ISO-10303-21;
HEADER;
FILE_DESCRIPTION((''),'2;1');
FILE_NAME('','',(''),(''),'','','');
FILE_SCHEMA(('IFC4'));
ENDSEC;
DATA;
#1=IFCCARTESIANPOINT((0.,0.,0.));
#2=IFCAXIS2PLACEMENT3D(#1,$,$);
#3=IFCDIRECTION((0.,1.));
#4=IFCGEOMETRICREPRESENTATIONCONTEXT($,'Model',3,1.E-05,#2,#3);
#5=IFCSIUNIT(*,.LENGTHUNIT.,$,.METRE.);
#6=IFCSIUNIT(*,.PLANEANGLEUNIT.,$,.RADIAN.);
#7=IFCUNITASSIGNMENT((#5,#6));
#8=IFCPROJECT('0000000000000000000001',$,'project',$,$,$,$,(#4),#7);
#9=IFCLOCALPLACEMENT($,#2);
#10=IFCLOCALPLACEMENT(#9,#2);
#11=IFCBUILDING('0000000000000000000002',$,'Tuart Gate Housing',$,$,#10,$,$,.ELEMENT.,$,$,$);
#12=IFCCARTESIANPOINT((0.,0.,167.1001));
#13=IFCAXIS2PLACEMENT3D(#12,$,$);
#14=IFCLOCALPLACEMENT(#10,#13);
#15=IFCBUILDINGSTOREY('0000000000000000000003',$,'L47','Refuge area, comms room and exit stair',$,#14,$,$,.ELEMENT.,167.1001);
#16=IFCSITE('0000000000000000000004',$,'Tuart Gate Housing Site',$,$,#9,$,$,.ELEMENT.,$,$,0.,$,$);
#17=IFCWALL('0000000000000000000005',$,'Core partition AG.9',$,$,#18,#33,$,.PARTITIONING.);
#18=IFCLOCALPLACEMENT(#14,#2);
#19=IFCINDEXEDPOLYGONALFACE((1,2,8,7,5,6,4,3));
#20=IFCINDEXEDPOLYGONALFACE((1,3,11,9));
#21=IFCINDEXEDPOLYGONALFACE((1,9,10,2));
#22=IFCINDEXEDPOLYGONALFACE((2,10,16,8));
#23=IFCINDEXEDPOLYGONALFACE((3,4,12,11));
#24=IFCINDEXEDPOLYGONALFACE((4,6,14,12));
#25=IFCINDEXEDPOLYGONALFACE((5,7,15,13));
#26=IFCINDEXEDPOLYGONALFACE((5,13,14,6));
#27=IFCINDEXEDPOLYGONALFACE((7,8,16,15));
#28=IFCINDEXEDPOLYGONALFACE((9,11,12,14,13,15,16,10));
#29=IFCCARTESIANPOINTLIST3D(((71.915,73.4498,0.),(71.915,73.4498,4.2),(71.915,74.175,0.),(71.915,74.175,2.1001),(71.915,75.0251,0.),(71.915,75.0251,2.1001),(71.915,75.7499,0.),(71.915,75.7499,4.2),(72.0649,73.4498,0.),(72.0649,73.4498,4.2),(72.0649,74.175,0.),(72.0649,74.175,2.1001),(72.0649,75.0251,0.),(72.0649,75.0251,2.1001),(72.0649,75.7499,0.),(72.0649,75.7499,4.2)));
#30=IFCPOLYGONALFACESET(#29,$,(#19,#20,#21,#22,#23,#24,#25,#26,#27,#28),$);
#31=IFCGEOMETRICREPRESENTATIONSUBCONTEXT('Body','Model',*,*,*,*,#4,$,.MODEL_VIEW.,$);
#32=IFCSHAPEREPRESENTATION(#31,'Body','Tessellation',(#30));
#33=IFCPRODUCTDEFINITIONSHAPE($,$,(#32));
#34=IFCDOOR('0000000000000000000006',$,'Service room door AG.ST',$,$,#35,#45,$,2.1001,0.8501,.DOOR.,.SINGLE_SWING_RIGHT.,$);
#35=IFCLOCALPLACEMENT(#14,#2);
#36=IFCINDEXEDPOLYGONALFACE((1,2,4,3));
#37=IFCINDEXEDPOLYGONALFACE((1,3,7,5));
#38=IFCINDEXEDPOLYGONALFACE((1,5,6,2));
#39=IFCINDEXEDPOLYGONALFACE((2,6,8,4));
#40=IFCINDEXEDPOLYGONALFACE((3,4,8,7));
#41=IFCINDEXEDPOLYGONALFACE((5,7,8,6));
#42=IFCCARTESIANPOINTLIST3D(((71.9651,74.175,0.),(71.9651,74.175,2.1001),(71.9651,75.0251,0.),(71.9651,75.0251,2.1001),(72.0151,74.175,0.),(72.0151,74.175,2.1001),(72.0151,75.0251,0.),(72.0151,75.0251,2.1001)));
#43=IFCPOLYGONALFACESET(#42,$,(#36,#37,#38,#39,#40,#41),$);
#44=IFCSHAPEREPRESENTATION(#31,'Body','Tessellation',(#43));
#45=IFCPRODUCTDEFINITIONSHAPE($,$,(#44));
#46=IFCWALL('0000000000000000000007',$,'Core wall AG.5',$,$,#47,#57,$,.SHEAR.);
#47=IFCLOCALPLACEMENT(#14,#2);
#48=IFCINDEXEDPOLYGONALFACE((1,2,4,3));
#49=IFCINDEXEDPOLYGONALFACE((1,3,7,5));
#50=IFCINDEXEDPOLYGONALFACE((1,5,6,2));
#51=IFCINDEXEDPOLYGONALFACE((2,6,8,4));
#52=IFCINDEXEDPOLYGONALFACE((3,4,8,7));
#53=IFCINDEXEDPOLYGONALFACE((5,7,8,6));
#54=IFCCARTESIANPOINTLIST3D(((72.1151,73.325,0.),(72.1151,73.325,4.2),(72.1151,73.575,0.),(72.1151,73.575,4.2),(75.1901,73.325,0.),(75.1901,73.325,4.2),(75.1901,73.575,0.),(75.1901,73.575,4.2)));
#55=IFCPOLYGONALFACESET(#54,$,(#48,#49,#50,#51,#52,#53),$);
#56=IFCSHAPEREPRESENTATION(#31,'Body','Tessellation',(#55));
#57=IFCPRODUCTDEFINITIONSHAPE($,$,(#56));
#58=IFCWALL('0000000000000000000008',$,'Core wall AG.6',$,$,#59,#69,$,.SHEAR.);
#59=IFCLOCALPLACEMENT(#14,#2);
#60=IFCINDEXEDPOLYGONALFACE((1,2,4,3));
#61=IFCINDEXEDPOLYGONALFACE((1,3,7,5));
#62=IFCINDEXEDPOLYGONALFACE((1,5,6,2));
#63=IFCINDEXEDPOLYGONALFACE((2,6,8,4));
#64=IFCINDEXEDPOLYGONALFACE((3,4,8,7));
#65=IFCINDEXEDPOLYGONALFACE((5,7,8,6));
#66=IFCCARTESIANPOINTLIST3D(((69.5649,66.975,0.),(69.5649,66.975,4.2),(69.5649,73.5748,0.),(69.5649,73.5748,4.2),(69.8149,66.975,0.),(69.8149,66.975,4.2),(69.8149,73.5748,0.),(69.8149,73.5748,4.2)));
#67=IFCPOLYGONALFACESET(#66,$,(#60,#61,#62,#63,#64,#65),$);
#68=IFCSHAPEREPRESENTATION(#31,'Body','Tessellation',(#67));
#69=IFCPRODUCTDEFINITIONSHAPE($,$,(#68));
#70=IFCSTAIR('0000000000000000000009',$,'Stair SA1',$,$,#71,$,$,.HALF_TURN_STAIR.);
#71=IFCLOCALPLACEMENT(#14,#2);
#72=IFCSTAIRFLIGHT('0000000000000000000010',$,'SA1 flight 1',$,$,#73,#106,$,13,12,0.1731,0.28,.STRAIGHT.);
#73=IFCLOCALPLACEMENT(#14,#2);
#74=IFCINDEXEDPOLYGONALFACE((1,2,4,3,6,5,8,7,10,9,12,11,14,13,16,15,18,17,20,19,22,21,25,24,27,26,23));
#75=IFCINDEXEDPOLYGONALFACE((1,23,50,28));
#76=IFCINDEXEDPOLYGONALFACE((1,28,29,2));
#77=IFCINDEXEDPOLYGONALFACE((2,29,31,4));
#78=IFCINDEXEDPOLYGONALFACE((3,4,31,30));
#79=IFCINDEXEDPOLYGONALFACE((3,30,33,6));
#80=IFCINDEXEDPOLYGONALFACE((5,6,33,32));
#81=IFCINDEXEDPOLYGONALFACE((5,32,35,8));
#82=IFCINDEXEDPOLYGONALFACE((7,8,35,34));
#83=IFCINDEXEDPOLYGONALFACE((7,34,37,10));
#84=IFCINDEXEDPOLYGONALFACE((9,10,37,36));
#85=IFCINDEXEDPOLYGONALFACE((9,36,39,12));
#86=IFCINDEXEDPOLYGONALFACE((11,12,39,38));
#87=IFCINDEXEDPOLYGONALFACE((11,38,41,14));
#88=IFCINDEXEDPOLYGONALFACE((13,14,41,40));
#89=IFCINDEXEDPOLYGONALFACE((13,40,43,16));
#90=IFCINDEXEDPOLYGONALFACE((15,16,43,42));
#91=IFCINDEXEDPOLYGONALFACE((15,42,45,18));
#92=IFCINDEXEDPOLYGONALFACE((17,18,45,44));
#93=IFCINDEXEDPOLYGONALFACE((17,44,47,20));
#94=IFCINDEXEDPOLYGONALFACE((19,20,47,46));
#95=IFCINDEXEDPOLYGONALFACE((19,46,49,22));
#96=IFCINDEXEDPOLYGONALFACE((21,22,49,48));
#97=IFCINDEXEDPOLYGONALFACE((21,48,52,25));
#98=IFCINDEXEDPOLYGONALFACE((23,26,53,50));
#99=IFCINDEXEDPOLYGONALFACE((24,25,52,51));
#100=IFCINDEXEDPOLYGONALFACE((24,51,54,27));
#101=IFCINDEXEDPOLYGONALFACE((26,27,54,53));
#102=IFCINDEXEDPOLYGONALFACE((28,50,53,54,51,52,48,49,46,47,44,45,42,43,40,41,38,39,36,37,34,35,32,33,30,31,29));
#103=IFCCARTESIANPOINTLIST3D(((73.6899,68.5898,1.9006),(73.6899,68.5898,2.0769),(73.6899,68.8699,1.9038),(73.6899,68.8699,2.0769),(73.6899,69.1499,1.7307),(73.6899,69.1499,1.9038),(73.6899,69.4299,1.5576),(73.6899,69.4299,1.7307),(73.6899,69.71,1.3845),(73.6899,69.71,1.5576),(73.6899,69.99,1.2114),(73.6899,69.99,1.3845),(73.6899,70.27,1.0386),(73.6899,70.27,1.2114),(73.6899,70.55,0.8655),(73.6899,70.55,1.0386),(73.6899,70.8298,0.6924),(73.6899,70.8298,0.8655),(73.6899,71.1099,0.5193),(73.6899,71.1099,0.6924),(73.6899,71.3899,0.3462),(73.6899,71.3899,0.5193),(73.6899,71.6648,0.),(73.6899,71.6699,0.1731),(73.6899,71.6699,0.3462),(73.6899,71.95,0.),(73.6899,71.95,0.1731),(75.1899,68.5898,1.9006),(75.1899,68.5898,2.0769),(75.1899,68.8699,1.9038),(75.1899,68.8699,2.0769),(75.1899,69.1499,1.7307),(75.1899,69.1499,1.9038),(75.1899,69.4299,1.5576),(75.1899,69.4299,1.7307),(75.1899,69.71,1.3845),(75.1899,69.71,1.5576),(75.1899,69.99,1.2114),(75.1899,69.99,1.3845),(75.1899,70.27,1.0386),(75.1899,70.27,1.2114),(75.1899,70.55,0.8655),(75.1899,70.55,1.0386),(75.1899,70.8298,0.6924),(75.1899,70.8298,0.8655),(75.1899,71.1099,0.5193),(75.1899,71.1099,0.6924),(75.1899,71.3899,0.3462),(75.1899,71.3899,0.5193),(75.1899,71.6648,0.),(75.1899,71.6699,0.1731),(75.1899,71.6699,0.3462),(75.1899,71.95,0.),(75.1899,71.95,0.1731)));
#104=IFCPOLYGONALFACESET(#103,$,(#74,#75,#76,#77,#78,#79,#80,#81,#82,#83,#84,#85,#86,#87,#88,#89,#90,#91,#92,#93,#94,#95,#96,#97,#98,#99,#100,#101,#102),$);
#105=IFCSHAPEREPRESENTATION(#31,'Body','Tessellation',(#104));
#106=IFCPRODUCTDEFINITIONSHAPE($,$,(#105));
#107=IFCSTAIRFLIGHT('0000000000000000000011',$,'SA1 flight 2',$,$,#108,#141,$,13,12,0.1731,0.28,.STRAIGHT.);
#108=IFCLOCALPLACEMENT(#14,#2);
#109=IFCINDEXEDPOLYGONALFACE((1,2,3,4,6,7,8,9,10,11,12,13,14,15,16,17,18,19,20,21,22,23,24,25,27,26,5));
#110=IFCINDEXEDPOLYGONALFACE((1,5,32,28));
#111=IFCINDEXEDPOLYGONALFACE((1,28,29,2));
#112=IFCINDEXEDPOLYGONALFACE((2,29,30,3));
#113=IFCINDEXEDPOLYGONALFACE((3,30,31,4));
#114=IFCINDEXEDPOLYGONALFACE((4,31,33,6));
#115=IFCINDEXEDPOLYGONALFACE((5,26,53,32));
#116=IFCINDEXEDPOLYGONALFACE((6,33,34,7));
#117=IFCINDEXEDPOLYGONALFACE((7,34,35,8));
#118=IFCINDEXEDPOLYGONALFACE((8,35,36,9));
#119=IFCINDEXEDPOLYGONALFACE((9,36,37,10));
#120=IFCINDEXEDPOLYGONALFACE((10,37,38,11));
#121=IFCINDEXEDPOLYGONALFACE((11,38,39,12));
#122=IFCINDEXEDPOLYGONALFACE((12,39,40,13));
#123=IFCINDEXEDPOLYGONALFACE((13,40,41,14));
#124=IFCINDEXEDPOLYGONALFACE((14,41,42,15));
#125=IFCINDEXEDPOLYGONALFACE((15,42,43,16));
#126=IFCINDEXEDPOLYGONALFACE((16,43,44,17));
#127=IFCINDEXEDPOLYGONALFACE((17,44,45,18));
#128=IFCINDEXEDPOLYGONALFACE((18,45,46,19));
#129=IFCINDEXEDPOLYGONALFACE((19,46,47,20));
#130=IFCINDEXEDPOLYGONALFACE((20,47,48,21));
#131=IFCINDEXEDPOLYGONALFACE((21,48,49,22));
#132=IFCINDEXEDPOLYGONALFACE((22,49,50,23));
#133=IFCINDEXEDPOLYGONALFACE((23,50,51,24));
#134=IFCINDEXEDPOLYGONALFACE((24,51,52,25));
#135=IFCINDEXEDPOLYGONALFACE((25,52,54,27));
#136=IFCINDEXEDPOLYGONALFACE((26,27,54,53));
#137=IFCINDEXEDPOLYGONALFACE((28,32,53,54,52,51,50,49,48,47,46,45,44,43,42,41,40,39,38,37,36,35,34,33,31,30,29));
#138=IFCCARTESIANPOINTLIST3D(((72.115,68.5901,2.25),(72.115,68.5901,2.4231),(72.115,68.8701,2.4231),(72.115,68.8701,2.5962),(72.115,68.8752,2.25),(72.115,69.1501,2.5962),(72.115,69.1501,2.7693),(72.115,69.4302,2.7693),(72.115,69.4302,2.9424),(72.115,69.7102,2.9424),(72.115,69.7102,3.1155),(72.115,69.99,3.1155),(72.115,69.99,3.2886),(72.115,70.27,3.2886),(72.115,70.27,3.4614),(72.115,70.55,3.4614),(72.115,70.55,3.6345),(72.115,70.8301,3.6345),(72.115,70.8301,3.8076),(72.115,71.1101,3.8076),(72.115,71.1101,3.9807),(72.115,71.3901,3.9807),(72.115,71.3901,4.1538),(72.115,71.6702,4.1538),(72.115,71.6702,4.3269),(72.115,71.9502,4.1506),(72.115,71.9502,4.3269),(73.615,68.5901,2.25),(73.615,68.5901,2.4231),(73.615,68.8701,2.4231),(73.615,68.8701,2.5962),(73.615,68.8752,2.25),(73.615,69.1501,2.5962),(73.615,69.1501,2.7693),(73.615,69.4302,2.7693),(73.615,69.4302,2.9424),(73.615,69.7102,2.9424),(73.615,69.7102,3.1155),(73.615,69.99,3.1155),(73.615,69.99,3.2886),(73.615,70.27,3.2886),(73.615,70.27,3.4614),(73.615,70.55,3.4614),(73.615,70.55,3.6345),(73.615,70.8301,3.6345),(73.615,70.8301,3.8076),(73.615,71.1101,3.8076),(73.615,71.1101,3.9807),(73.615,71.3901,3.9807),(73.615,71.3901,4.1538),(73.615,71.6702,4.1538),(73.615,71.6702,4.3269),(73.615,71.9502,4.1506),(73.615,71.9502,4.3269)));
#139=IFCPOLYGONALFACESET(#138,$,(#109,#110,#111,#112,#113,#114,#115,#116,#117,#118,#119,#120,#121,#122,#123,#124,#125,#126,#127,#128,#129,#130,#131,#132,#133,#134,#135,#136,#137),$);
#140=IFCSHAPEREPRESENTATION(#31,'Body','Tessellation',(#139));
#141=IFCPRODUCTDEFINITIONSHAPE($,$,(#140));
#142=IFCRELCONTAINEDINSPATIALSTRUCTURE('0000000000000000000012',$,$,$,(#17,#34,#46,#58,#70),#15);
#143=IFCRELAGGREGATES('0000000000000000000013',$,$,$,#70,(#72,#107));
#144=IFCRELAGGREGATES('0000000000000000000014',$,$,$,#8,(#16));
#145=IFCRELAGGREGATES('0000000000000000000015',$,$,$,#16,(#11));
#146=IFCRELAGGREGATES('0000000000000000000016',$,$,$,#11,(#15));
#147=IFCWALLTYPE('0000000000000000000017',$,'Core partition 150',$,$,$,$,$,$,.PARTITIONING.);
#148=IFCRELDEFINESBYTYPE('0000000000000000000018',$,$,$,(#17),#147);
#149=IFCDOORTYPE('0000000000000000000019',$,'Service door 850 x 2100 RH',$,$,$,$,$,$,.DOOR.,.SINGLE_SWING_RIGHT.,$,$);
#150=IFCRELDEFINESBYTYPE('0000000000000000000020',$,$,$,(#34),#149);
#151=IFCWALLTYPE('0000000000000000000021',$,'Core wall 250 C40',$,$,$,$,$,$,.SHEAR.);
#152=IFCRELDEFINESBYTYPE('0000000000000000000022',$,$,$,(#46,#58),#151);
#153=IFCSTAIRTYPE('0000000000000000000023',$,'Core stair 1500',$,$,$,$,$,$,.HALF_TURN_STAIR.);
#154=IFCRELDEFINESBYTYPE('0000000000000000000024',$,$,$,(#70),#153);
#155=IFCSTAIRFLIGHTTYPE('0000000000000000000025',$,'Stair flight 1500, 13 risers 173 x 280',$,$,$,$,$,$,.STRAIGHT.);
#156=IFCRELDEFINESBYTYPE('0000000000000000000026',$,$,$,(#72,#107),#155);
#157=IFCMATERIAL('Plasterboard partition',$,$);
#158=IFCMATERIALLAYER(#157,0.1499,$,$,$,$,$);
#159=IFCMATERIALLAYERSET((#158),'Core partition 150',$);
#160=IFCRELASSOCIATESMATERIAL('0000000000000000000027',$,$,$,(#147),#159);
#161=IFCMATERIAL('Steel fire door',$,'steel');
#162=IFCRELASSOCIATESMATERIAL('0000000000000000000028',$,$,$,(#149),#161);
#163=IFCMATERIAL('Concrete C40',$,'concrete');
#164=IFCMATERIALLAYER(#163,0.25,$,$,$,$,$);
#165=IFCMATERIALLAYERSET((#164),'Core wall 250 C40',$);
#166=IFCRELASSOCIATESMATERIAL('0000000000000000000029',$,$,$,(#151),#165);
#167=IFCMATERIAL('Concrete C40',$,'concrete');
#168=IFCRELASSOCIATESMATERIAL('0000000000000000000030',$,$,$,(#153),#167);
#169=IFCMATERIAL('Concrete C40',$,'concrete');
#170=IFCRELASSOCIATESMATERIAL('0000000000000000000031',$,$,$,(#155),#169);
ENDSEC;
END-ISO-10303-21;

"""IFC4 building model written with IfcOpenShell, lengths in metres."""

from ifc_helpers import new_model, si_unit, direction, frame, frame_2d, origin, place, context, subcontext, project, spatial, polyline, rectangle, outline, extrude, material, layer, layer_set, type_object, element, fill, aggregate, save


model = new_model("IFC4")

# Units and contexts
model_context = context("Model", 3, precision=1e-05, world=origin(), true_north=direction((0.0, 1.0)))
body_context = subcontext(model_context, "Body", "Model", "MODEL_VIEW")
ifc_project = project(units=[si_unit("LENGTHUNIT", "METRE"), si_unit("PLANEANGLEUNIT", "RADIAN")], contexts=[model_context])

# Site, building, storey
site_placement = place(None, origin())
site = spatial("IfcSite", under=ifc_project, at=site_placement, Name="Tuart Gate Housing Site", CompositionType="ELEMENT", RefElevation=0.0)
building_placement = place(site_placement, origin())
building = spatial("IfcBuilding", under=site, at=building_placement, Name="Tuart Gate Housing", CompositionType="ELEMENT")
storey_placement = place(building_placement, frame((0.0, 0.0, 167.1001)))
storey = spatial("IfcBuildingStorey", under=building, at=storey_placement, Name="L47", Description="Refuge area, comms room and exit stair", CompositionType="ELEMENT", Elevation=167.1001)

# Wall, opening, door
ifc_material_1 = material(Name="Plasterboard partition")
ifc_layer_1 = layer(ifc_material_1, 0.1499)
ifc_layer_set_1 = layer_set([ifc_layer_1], Name="Core partition 150")
wall_type_1 = type_object("IfcWallType", Name="Core partition 150", PredefinedType="PARTITIONING", material=ifc_layer_set_1)
wall_1_placement = place(storey_placement, frame((71.99, 73.45, 0.0), z_axis=(0.0, 0.0, 1.0), x_axis=(0.0, 1.0, 0.0)))
wall_1 = element("IfcWall", 1, at=wall_1_placement, inside=storey, type_object=wall_type_1, Name="Core partition AG.9", PredefinedType="PARTITIONING", context=body_context, shape_type="SweptSolid", body=[
    extrude(rectangle(XDim=2.3, YDim=0.1499, at=frame_2d((1.1499, 0.0))), origin(), (0.0, 0.0, 1.0), 4.2),
])
opening_1_placement = place(wall_1_placement, frame((0.7251, 0.0, 0.0)))
opening_1 = element("IfcOpeningElement", 2, at=opening_1_placement, cuts=wall_1, PredefinedType="OPENING", context=body_context, shape_type="SweptSolid", body=[
    extrude(rectangle(XDim=0.8501, YDim=2.1001, at=frame_2d((0.425, 1.05))), frame((0.0, 0.085, 0.0), z_axis=(0.0, -1.0, 0.0), x_axis=(1.0, 0.0, 0.0)), (0.0, 0.0, 1.0), 0.1699),
])
ifc_material_2 = material(Name="Steel fire door", Category="steel")
door_type_1 = type_object("IfcDoorType", Name="Service door 850 x 2100 RH", OperationType="SINGLE_SWING_RIGHT", PredefinedType="DOOR", material=ifc_material_2)
door_1_placement = place(opening_1_placement, frame((0.8501, 0.0, 0.0), z_axis=(0.0, 0.0, 1.0), x_axis=(-1.0, 0.0, 0.0)))
door_1 = element("IfcDoor", 3, at=door_1_placement, inside=storey, type_object=door_type_1, Name="Service room door AG.ST", OperationType="SINGLE_SWING_RIGHT", OverallHeight=2.1001, OverallWidth=0.8501, PredefinedType="DOOR", context=body_context, shape_type="SweptSolid", body=[
    extrude(rectangle(XDim=0.8501, YDim=2.1001, at=frame_2d((0.425, 1.05))), frame((0.0, 0.0251, 0.0), z_axis=(0.0, -1.0, 0.0), x_axis=(1.0, 0.0, 0.0)), (0.0, 0.0, 1.0), 0.05),
])
fill(opening_1, door_1)

# Walls
ifc_material_3 = material(Name="Concrete C40", Category="concrete")
ifc_layer_2 = layer(ifc_material_3, 0.25)
ifc_layer_set_2 = layer_set([ifc_layer_2], Name="Core wall 250 C40")
wall_type_2 = type_object("IfcWallType", Name="Core wall 250 C40", PredefinedType="SHEAR", material=ifc_layer_set_2)
wall_2_placement = place(storey_placement, frame((72.115, 73.45, 0.0), z_axis=(0.0, 0.0, 1.0), x_axis=(1.0, 0.0, 0.0)))
element("IfcWall", 4, at=wall_2_placement, inside=storey, type_object=wall_type_2, Name="Core wall AG.5", PredefinedType="SHEAR", context=body_context, shape_type="SweptSolid", body=[
    extrude(rectangle(XDim=3.075, YDim=0.25, at=frame_2d((1.5376, 0.0))), origin(), (0.0, 0.0, 1.0), 4.2),
])
wall_3_placement = place(storey_placement, frame((69.6899, 66.9751, 0.0), z_axis=(0.0, 0.0, 1.0), x_axis=(0.0, 1.0, 0.0)))
element("IfcWall", 5, at=wall_3_placement, inside=storey, type_object=wall_type_2, Name="Core wall AG.6", PredefinedType="SHEAR", context=body_context, shape_type="SweptSolid", body=[
    extrude(rectangle(XDim=6.5999, YDim=0.25, at=frame_2d((3.2998, 0.0))), origin(), (0.0, 0.0, 1.0), 4.2),
])

# Stair, stair flights
ifc_material_4 = material(Name="Concrete C40", Category="concrete")
stair_type = type_object("IfcStairType", Name="Core stair 1500", PredefinedType="HALF_TURN_STAIR", material=ifc_material_4)
stair_placement = place(storey_placement, origin())
stair = element("IfcStair", 6, at=stair_placement, inside=storey, type_object=stair_type, Name="Stair SA1", PredefinedType="HALF_TURN_STAIR")
ifc_material_5 = material(Name="Concrete C40", Category="concrete")
stair_flight_type = type_object("IfcStairFlightType", Name="Stair flight 1500, 13 risers 173 x 280", PredefinedType="STRAIGHT", material=ifc_material_5)
stair_flight_1_placement = place(storey_placement, frame((74.4399, 71.95, 0.0), z_axis=(0.0, 0.0, 1.0), x_axis=(0.0, -1.0, 0.0)))
stair_flight_1 = element("IfcStairFlight", 7, at=stair_flight_1_placement, type_object=stair_flight_type, Name="SA1 flight 1", NumberOfRisers=13, NumberOfTreads=12, PredefinedType="STRAIGHT", RiserHeight=0.1731, TreadLength=0.28, context=body_context, shape_type="SweptSolid", body=[
    extrude(outline(polyline([(0.0, 0.0), (0.0, 0.1731), (0.28, 0.1731), (0.28, 0.3462), (0.5601, 0.3462), (0.5601, 0.5193), (0.8401, 0.5193), (0.8401, 0.6924), (1.1201, 0.6924), (1.1201, 0.8655), (1.3999, 0.8655), (1.3999, 1.0386), (1.6799, 1.0386), (1.6799, 1.2114), (1.96, 1.2114), (1.96, 1.3845), (2.24, 1.3845), (2.24, 1.5576), (2.52, 1.5576), (2.52, 1.7307), (2.8, 1.7307), (2.8, 1.9038), (3.0801, 1.9038), (3.0801, 2.0769), (3.3601, 2.0769), (3.3601, 2.25), (3.3601, 1.9006), (0.2852, 0.0), (0.0, 0.0)])), frame((0.0, 0.75, 0.0), z_axis=(0.0, -1.0, 0.0), x_axis=(1.0, 0.0, 0.0)), (0.0, 0.0, 1.0), 1.5),
])
stair_flight_2_placement = place(storey_placement, frame((72.865, 68.5901, 2.25), z_axis=(0.0, 0.0, 1.0), x_axis=(0.0, 1.0, 0.0)))
stair_flight_2 = element("IfcStairFlight", 8, at=stair_flight_2_placement, type_object=stair_flight_type, Name="SA1 flight 2", NumberOfRisers=13, NumberOfTreads=12, PredefinedType="STRAIGHT", RiserHeight=0.1731, TreadLength=0.28, context=body_context, shape_type="SweptSolid", body=[
    extrude(outline(polyline([(0.0, 0.0), (0.0, 0.1731), (0.28, 0.1731), (0.28, 0.3462), (0.5601, 0.3462), (0.5601, 0.5193), (0.8401, 0.5193), (0.8401, 0.6924), (1.1201, 0.6924), (1.1201, 0.8655), (1.3999, 0.8655), (1.3999, 1.0386), (1.6799, 1.0386), (1.6799, 1.2114), (1.96, 1.2114), (1.96, 1.3845), (2.24, 1.3845), (2.24, 1.5576), (2.52, 1.5576), (2.52, 1.7307), (2.8, 1.7307), (2.8, 1.9038), (3.0801, 1.9038), (3.0801, 2.0769), (3.3601, 2.0769), (3.3601, 2.25), (3.3601, 1.9006), (0.2852, 0.0), (0.0, 0.0)])), frame((0.0, 0.75, 0.0), z_axis=(0.0, -1.0, 0.0), x_axis=(1.0, 0.0, 0.0)), (0.0, 0.0, 1.0), 1.5),
])
aggregate(stair, [stair_flight_1, stair_flight_2])

save(model, "model.ifc")
